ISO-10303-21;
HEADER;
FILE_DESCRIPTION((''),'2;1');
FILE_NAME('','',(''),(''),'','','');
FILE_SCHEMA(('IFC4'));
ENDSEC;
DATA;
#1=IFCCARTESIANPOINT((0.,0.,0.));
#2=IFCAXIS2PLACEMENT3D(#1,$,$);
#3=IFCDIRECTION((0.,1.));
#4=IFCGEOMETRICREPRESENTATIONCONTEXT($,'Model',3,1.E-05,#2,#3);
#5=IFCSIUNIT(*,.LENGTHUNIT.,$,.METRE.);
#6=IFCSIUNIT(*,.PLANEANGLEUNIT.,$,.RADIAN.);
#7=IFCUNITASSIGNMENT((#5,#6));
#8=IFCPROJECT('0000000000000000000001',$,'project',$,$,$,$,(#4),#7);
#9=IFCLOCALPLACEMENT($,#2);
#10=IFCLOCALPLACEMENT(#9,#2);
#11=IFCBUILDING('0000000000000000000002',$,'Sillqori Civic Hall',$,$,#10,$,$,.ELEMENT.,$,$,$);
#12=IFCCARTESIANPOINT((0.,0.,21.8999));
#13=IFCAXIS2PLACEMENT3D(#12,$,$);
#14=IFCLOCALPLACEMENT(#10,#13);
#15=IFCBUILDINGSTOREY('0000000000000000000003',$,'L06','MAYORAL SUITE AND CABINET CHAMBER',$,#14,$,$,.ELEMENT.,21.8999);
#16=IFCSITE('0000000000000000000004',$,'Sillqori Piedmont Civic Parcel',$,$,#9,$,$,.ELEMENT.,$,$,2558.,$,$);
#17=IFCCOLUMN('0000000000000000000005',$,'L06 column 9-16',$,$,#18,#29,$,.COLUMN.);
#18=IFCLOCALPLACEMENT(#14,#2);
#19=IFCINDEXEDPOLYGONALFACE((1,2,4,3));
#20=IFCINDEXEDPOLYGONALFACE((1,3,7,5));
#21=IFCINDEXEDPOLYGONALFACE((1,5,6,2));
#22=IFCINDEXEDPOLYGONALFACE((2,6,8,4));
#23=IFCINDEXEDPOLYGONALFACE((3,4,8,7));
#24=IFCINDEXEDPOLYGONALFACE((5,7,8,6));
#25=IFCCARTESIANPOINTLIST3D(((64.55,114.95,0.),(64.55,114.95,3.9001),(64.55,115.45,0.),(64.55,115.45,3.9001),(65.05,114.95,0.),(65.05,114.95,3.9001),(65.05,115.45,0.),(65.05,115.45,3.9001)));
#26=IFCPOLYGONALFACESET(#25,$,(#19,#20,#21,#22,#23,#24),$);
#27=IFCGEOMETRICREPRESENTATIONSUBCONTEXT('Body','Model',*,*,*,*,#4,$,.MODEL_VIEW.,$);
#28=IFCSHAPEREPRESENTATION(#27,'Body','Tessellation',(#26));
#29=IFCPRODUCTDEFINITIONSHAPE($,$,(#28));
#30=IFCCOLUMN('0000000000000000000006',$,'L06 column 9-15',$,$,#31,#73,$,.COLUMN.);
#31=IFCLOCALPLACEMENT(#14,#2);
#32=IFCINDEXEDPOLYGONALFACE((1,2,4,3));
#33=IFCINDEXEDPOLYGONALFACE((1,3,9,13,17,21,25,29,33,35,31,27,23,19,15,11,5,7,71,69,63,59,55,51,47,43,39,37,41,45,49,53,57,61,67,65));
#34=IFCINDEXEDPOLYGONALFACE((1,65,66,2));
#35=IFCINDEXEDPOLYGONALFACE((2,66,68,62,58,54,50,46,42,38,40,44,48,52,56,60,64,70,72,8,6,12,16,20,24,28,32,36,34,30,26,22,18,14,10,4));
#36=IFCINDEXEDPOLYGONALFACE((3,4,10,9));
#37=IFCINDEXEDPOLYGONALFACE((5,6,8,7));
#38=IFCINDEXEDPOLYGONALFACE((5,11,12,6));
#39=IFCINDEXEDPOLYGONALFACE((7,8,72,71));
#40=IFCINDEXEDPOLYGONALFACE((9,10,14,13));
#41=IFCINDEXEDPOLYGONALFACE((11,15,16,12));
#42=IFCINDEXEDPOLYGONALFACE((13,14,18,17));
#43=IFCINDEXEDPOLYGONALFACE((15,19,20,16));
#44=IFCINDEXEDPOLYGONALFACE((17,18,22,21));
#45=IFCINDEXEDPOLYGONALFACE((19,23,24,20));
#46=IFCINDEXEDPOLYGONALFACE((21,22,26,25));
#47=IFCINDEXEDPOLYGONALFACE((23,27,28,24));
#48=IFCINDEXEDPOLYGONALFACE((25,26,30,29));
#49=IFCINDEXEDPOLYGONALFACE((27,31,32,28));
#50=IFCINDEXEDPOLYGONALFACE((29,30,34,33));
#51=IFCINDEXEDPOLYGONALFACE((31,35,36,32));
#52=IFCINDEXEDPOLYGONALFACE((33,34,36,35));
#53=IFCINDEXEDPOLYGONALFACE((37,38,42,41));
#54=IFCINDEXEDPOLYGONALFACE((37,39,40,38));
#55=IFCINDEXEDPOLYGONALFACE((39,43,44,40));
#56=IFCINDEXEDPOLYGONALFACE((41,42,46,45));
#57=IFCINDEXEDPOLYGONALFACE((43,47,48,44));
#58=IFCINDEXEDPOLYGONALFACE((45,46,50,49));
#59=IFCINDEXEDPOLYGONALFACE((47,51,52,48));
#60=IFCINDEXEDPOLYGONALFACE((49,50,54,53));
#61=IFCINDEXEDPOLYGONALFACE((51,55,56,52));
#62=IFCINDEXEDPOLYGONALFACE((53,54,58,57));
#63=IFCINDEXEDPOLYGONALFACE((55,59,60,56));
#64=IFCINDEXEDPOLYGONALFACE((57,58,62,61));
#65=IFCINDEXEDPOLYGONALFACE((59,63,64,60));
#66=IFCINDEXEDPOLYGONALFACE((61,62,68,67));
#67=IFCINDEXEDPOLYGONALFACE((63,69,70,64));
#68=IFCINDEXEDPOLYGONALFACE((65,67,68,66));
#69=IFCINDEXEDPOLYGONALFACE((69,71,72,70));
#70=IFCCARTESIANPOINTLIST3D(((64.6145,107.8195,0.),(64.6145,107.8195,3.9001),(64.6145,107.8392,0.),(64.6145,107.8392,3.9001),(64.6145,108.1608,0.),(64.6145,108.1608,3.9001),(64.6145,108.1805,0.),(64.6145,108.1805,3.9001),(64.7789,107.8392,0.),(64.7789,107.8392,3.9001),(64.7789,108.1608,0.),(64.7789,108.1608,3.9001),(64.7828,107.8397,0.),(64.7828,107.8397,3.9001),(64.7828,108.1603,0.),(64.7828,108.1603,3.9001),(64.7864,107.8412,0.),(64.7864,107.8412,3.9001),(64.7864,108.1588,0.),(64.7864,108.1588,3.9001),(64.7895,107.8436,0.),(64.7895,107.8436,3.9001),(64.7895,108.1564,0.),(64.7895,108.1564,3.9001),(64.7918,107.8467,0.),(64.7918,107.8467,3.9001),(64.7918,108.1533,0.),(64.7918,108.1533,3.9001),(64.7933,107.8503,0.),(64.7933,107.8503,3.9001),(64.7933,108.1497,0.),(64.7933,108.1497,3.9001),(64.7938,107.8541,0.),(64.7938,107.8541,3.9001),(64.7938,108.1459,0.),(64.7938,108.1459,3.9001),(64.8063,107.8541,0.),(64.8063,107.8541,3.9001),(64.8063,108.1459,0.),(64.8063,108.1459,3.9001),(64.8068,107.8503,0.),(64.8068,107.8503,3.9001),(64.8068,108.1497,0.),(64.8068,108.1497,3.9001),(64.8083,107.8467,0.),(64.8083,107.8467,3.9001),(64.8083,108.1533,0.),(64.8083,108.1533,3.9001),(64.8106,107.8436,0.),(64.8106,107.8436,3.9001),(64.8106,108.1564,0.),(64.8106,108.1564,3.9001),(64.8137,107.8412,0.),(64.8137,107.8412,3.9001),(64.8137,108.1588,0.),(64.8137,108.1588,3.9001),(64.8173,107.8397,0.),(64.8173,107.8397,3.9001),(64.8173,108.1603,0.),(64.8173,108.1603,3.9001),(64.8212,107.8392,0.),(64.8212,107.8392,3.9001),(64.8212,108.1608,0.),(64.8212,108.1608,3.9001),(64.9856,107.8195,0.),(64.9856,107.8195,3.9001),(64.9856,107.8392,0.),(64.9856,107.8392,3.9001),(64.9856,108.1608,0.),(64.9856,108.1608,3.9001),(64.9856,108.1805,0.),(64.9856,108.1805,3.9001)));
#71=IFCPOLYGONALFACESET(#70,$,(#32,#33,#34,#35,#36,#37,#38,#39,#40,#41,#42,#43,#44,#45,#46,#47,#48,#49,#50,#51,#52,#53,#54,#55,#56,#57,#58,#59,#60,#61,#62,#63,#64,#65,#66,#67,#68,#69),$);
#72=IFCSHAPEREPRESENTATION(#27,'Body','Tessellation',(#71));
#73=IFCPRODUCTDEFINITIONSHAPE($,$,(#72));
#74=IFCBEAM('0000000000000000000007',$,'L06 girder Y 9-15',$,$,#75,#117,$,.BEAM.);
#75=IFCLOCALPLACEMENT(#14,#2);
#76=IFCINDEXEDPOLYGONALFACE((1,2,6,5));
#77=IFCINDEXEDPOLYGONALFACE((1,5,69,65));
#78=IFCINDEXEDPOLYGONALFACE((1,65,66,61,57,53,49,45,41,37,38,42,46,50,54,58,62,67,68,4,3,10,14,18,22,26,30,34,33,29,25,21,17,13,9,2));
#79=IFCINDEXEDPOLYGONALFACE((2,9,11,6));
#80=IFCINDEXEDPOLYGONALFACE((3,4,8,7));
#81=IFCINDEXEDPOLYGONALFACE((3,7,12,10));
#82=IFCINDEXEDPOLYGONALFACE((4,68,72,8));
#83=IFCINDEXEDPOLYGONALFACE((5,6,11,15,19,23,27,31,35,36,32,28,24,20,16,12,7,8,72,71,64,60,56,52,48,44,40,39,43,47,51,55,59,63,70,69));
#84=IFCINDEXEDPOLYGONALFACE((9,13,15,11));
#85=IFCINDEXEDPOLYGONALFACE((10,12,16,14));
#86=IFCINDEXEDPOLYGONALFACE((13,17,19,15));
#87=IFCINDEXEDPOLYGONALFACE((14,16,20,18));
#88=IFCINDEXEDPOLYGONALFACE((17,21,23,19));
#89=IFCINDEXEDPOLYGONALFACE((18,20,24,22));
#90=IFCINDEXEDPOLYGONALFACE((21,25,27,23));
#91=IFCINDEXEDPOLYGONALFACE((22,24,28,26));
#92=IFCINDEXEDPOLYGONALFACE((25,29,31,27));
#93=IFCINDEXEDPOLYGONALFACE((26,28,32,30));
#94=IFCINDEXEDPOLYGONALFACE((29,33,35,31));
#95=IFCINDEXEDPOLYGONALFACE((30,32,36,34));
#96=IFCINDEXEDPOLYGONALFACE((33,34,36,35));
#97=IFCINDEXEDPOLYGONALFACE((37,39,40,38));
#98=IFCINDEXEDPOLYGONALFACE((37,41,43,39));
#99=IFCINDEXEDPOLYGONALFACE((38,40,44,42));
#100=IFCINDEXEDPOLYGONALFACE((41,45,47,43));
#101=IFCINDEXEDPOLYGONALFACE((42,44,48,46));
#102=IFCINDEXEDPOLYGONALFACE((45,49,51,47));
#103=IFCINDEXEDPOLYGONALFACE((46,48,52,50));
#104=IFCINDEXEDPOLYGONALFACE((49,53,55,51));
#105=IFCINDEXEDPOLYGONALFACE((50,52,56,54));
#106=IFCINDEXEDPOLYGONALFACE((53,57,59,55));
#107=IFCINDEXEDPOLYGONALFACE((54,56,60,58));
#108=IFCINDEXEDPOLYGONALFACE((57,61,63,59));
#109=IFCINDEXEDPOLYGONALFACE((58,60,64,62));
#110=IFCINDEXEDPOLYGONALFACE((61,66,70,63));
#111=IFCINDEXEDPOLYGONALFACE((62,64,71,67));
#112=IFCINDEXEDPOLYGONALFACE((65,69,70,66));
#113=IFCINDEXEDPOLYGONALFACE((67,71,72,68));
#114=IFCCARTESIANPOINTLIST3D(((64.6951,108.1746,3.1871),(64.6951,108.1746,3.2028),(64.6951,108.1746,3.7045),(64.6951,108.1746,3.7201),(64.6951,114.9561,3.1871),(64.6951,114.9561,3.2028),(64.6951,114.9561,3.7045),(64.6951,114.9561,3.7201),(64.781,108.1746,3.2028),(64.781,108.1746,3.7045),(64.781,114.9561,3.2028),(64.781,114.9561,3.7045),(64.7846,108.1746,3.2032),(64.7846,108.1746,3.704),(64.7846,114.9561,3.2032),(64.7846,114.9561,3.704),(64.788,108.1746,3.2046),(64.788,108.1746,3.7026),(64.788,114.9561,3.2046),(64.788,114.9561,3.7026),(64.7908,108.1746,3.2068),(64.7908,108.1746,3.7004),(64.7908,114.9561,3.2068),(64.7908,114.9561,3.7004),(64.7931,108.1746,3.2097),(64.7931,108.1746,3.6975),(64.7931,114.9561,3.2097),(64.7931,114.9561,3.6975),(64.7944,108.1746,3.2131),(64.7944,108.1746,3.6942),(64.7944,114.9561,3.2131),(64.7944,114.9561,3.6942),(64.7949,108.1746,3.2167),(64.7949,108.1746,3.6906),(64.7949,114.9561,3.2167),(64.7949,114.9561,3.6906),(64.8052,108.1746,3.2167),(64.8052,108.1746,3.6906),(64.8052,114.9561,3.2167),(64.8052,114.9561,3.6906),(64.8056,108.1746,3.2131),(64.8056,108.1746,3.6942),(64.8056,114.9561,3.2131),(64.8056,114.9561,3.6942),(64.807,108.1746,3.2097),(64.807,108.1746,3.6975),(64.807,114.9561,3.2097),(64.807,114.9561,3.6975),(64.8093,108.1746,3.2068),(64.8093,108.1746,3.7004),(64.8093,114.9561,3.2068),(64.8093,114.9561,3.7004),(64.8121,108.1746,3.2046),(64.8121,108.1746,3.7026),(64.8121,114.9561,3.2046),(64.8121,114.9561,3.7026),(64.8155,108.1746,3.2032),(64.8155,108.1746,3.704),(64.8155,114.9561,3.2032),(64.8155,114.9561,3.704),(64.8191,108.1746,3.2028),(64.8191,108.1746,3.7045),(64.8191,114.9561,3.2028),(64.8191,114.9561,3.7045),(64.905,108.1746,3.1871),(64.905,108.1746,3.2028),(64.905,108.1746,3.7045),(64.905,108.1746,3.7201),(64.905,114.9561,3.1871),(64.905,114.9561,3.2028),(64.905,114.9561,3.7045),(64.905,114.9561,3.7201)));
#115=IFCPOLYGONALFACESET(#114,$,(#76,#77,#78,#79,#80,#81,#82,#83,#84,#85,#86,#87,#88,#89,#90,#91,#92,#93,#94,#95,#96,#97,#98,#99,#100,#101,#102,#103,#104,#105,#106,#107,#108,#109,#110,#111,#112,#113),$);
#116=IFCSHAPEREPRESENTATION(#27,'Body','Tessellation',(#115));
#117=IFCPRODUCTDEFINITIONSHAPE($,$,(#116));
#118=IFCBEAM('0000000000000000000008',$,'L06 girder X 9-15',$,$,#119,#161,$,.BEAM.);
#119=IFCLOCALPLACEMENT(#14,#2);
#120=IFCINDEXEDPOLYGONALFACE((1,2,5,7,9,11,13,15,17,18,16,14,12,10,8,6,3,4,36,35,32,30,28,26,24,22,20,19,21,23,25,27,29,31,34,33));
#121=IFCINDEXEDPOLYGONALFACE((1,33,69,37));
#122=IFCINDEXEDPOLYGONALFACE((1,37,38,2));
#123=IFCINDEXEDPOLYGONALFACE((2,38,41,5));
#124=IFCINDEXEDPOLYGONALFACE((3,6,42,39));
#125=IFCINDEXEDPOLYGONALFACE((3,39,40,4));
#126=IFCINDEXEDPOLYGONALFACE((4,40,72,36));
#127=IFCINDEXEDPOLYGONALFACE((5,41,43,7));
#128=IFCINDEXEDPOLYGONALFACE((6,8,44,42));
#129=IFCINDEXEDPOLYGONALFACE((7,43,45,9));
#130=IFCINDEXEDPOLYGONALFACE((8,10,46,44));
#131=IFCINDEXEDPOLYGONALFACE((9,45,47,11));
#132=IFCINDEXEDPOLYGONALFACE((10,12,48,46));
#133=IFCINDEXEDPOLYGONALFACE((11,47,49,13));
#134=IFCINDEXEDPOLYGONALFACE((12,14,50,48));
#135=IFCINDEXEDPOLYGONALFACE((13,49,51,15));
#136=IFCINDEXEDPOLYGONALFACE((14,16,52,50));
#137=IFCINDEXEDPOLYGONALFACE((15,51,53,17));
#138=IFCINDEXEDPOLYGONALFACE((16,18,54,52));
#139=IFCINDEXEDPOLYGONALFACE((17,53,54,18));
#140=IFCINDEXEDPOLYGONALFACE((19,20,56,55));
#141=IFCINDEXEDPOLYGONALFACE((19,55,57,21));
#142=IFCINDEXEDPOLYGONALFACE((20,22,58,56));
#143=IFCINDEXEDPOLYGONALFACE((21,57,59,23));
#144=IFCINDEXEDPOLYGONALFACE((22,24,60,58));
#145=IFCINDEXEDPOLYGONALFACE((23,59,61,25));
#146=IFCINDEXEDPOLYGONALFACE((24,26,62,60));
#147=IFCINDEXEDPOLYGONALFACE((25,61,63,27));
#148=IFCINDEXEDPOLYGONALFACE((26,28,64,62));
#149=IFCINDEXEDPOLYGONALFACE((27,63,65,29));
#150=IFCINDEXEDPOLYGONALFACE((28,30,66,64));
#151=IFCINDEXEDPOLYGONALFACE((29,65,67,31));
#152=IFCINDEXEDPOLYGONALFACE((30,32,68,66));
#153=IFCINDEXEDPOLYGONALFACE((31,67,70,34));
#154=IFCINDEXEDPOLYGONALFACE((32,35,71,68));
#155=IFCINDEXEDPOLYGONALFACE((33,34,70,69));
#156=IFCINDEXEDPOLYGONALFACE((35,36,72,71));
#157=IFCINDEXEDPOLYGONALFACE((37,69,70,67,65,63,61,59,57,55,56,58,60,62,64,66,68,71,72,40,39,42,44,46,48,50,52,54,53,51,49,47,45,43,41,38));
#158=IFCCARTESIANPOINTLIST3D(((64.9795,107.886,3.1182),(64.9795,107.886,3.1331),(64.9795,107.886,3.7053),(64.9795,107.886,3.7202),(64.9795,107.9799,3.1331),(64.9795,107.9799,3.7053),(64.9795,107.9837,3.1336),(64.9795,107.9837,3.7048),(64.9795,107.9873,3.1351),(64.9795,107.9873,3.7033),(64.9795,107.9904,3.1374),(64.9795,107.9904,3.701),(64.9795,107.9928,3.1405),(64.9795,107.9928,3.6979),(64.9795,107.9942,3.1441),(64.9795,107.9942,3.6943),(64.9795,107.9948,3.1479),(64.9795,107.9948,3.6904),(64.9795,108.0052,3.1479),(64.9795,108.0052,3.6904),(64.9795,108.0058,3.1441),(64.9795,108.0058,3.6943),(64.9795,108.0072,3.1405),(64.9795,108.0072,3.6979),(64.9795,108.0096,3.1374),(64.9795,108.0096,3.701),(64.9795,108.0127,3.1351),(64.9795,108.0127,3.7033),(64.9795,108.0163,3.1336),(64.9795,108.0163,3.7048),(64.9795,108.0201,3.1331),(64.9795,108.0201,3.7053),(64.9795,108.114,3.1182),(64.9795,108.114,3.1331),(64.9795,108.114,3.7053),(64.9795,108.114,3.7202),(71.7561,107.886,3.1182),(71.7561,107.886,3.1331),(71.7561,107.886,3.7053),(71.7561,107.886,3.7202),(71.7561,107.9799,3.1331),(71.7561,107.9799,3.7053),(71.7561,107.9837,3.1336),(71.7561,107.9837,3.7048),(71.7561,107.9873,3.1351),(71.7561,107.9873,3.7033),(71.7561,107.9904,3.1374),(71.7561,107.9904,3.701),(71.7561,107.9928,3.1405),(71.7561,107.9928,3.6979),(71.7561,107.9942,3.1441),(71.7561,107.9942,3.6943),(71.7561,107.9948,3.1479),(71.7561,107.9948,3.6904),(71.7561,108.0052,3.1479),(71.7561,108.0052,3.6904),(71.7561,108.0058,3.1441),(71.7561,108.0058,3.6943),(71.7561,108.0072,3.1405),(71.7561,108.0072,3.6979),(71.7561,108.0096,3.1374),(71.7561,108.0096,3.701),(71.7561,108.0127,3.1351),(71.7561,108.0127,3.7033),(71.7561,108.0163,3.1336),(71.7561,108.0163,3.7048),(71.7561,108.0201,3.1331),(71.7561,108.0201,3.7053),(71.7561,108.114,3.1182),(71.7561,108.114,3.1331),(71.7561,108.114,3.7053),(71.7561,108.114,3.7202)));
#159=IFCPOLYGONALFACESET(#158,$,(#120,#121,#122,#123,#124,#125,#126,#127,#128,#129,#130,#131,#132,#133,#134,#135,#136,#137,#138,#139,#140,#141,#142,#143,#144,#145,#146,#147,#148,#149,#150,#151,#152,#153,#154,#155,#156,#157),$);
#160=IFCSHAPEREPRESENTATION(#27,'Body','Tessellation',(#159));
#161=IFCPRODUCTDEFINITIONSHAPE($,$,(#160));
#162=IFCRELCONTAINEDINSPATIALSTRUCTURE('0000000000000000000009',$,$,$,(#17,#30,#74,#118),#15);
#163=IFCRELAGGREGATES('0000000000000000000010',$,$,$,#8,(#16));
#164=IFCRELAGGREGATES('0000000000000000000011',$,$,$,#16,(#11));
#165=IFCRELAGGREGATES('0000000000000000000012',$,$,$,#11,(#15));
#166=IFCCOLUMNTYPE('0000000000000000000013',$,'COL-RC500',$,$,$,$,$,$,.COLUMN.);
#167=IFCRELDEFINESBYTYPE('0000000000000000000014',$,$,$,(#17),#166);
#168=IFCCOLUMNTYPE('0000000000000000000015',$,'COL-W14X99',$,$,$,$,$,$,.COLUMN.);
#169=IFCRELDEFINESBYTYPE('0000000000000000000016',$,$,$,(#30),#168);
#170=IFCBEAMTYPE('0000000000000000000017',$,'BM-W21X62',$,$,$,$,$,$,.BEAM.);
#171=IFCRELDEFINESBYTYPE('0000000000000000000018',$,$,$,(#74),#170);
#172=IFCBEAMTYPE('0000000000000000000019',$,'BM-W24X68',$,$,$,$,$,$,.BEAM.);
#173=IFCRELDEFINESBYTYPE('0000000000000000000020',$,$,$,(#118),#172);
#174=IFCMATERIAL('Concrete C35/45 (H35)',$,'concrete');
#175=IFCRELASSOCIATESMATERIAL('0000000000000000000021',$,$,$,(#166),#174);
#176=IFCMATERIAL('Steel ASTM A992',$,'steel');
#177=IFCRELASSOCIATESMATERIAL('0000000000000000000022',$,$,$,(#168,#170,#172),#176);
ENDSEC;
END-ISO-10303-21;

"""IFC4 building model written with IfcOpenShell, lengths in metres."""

from ifc_helpers import new_model, si_unit, direction, frame, origin, origin_2d, place, context, subcontext, project, spatial, rectangle, i_section, extrude, material, material_profile, profile_set, type_object, element, save


model = new_model("IFC4")

# Units and contexts
model_context = context("Model", 3, precision=1e-05, world=origin(), true_north=direction((0.0, 1.0)))
body_context = subcontext(model_context, "Body", "Model", "MODEL_VIEW")
ifc_project = project(units=[si_unit("LENGTHUNIT", "METRE"), si_unit("PLANEANGLEUNIT", "RADIAN")], contexts=[model_context])

# Site, building, storey
site_placement = place(None, origin())
site = spatial("IfcSite", under=ifc_project, at=site_placement, Name="Sillqori Piedmont Civic Parcel", CompositionType="ELEMENT", RefElevation=2558.0)
building_placement = place(site_placement, origin())
building = spatial("IfcBuilding", under=site, at=building_placement, Name="Sillqori Civic Hall", CompositionType="ELEMENT")
storey_placement = place(building_placement, frame((0.0, 0.0, 21.8999)))
storey = spatial("IfcBuildingStorey", under=building, at=storey_placement, Name="L06", Description="MAYORAL SUITE AND CABINET CHAMBER", CompositionType="ELEMENT", Elevation=21.8999)

# Columns
ifc_material_1 = material(Name="Concrete C35/45 (H35)", Category="concrete")
ifc_material_profile_1 = material_profile(ifc_material_1, rectangle(XDim=0.5, YDim=0.5, at=origin_2d()), Name="RC 500x500")
ifc_profile_set_1 = profile_set([ifc_material_profile_1], Name="Concrete C35/45 (H35)")
column_type_1 = type_object("IfcColumnType", Name="COL-RC500", PredefinedType="COLUMN", material=ifc_profile_set_1)
column_1_placement = place(storey_placement, frame((64.8, 115.2, 0.0), z_axis=(0.0, 0.0, 1.0), x_axis=(1.0, 0.0, 0.0)))
element("IfcColumn", 1, at=column_1_placement, inside=storey, type_object=column_type_1, Name="L06 column 9-16", PredefinedType="COLUMN", context=body_context, shape_type="SweptSolid", body=[
    extrude(rectangle(XDim=0.5, YDim=0.5, at=origin_2d()), origin(), (0.0, 0.0, 1.0), 3.9001),
])
ifc_material_2 = material(Name="Steel ASTM A992", Category="steel")
ifc_material_profile_2 = material_profile(ifc_material_2, i_section(OverallWidth=0.3711, OverallDepth=0.3611, WebThickness=0.0125, FlangeThickness=0.0198, FilletRadius=0.0149, at=origin_2d()), Name="W14X99")
ifc_profile_set_2 = profile_set([ifc_material_profile_2], Name="Steel ASTM A992")
column_type_2 = type_object("IfcColumnType", Name="COL-W14X99", PredefinedType="COLUMN", material=ifc_profile_set_2)
column_2_placement = place(storey_placement, frame((64.8, 108.0, 0.0), z_axis=(0.0, 0.0, 1.0), x_axis=(1.0, 0.0, 0.0)))
element("IfcColumn", 2, at=column_2_placement, inside=storey, type_object=column_type_2, Name="L06 column 9-15", PredefinedType="COLUMN", context=body_context, shape_type="SweptSolid", body=[
    extrude(i_section(OverallWidth=0.3711, OverallDepth=0.3611, WebThickness=0.0125, FlangeThickness=0.0198, FilletRadius=0.0149, at=origin_2d()), origin(), (0.0, 0.0, 1.0), 3.9001),
])

# Beams
ifc_material_profile_3 = material_profile(ifc_material_2, i_section(OverallWidth=0.21, OverallDepth=0.533, WebThickness=0.0103, FlangeThickness=0.0156, FilletRadius=0.0139, at=origin_2d()), Name="W21X62")
ifc_profile_set_3 = profile_set([ifc_material_profile_3], Name="Steel ASTM A992")
beam_type_1 = type_object("IfcBeamType", Name="BM-W21X62", PredefinedType="BEAM", material=ifc_profile_set_3)
beam_1_placement = place(storey_placement, frame((64.8, 108.1746, 3.4536), z_axis=(0.0, 1.0, 0.0), x_axis=(-1.0, 0.0, 0.0)))
element("IfcBeam", 3, at=beam_1_placement, inside=storey, type_object=beam_type_1, Name="L06 girder Y 9-15", PredefinedType="BEAM", context=body_context, shape_type="SweptSolid", body=[
    extrude(i_section(OverallWidth=0.21, OverallDepth=0.533, WebThickness=0.0103, FlangeThickness=0.0156, FilletRadius=0.0139, at=origin_2d()), origin(), (0.0, 0.0, 1.0), 6.7815),
])
ifc_material_profile_4 = material_profile(ifc_material_2, i_section(OverallWidth=0.228, OverallDepth=0.6021, WebThickness=0.0105, FlangeThickness=0.0149, FilletRadius=0.0149, at=origin_2d()), Name="W24X68")
ifc_profile_set_4 = profile_set([ifc_material_profile_4], Name="Steel ASTM A992")
beam_type_2 = type_object("IfcBeamType", Name="BM-W24X68", PredefinedType="BEAM", material=ifc_profile_set_4)
beam_2_placement = place(storey_placement, frame((64.9795, 108.0, 3.4192), z_axis=(1.0, 0.0, 0.0), x_axis=(0.0, 1.0, 0.0)))
element("IfcBeam", 4, at=beam_2_placement, inside=storey, type_object=beam_type_2, Name="L06 girder X 9-15", PredefinedType="BEAM", context=body_context, shape_type="SweptSolid", body=[
    extrude(i_section(OverallWidth=0.228, OverallDepth=0.6021, WebThickness=0.0105, FlangeThickness=0.0149, FilletRadius=0.0149, at=origin_2d()), origin(), (0.0, 0.0, 1.0), 6.7766),
])

save(model, "model.ifc")
